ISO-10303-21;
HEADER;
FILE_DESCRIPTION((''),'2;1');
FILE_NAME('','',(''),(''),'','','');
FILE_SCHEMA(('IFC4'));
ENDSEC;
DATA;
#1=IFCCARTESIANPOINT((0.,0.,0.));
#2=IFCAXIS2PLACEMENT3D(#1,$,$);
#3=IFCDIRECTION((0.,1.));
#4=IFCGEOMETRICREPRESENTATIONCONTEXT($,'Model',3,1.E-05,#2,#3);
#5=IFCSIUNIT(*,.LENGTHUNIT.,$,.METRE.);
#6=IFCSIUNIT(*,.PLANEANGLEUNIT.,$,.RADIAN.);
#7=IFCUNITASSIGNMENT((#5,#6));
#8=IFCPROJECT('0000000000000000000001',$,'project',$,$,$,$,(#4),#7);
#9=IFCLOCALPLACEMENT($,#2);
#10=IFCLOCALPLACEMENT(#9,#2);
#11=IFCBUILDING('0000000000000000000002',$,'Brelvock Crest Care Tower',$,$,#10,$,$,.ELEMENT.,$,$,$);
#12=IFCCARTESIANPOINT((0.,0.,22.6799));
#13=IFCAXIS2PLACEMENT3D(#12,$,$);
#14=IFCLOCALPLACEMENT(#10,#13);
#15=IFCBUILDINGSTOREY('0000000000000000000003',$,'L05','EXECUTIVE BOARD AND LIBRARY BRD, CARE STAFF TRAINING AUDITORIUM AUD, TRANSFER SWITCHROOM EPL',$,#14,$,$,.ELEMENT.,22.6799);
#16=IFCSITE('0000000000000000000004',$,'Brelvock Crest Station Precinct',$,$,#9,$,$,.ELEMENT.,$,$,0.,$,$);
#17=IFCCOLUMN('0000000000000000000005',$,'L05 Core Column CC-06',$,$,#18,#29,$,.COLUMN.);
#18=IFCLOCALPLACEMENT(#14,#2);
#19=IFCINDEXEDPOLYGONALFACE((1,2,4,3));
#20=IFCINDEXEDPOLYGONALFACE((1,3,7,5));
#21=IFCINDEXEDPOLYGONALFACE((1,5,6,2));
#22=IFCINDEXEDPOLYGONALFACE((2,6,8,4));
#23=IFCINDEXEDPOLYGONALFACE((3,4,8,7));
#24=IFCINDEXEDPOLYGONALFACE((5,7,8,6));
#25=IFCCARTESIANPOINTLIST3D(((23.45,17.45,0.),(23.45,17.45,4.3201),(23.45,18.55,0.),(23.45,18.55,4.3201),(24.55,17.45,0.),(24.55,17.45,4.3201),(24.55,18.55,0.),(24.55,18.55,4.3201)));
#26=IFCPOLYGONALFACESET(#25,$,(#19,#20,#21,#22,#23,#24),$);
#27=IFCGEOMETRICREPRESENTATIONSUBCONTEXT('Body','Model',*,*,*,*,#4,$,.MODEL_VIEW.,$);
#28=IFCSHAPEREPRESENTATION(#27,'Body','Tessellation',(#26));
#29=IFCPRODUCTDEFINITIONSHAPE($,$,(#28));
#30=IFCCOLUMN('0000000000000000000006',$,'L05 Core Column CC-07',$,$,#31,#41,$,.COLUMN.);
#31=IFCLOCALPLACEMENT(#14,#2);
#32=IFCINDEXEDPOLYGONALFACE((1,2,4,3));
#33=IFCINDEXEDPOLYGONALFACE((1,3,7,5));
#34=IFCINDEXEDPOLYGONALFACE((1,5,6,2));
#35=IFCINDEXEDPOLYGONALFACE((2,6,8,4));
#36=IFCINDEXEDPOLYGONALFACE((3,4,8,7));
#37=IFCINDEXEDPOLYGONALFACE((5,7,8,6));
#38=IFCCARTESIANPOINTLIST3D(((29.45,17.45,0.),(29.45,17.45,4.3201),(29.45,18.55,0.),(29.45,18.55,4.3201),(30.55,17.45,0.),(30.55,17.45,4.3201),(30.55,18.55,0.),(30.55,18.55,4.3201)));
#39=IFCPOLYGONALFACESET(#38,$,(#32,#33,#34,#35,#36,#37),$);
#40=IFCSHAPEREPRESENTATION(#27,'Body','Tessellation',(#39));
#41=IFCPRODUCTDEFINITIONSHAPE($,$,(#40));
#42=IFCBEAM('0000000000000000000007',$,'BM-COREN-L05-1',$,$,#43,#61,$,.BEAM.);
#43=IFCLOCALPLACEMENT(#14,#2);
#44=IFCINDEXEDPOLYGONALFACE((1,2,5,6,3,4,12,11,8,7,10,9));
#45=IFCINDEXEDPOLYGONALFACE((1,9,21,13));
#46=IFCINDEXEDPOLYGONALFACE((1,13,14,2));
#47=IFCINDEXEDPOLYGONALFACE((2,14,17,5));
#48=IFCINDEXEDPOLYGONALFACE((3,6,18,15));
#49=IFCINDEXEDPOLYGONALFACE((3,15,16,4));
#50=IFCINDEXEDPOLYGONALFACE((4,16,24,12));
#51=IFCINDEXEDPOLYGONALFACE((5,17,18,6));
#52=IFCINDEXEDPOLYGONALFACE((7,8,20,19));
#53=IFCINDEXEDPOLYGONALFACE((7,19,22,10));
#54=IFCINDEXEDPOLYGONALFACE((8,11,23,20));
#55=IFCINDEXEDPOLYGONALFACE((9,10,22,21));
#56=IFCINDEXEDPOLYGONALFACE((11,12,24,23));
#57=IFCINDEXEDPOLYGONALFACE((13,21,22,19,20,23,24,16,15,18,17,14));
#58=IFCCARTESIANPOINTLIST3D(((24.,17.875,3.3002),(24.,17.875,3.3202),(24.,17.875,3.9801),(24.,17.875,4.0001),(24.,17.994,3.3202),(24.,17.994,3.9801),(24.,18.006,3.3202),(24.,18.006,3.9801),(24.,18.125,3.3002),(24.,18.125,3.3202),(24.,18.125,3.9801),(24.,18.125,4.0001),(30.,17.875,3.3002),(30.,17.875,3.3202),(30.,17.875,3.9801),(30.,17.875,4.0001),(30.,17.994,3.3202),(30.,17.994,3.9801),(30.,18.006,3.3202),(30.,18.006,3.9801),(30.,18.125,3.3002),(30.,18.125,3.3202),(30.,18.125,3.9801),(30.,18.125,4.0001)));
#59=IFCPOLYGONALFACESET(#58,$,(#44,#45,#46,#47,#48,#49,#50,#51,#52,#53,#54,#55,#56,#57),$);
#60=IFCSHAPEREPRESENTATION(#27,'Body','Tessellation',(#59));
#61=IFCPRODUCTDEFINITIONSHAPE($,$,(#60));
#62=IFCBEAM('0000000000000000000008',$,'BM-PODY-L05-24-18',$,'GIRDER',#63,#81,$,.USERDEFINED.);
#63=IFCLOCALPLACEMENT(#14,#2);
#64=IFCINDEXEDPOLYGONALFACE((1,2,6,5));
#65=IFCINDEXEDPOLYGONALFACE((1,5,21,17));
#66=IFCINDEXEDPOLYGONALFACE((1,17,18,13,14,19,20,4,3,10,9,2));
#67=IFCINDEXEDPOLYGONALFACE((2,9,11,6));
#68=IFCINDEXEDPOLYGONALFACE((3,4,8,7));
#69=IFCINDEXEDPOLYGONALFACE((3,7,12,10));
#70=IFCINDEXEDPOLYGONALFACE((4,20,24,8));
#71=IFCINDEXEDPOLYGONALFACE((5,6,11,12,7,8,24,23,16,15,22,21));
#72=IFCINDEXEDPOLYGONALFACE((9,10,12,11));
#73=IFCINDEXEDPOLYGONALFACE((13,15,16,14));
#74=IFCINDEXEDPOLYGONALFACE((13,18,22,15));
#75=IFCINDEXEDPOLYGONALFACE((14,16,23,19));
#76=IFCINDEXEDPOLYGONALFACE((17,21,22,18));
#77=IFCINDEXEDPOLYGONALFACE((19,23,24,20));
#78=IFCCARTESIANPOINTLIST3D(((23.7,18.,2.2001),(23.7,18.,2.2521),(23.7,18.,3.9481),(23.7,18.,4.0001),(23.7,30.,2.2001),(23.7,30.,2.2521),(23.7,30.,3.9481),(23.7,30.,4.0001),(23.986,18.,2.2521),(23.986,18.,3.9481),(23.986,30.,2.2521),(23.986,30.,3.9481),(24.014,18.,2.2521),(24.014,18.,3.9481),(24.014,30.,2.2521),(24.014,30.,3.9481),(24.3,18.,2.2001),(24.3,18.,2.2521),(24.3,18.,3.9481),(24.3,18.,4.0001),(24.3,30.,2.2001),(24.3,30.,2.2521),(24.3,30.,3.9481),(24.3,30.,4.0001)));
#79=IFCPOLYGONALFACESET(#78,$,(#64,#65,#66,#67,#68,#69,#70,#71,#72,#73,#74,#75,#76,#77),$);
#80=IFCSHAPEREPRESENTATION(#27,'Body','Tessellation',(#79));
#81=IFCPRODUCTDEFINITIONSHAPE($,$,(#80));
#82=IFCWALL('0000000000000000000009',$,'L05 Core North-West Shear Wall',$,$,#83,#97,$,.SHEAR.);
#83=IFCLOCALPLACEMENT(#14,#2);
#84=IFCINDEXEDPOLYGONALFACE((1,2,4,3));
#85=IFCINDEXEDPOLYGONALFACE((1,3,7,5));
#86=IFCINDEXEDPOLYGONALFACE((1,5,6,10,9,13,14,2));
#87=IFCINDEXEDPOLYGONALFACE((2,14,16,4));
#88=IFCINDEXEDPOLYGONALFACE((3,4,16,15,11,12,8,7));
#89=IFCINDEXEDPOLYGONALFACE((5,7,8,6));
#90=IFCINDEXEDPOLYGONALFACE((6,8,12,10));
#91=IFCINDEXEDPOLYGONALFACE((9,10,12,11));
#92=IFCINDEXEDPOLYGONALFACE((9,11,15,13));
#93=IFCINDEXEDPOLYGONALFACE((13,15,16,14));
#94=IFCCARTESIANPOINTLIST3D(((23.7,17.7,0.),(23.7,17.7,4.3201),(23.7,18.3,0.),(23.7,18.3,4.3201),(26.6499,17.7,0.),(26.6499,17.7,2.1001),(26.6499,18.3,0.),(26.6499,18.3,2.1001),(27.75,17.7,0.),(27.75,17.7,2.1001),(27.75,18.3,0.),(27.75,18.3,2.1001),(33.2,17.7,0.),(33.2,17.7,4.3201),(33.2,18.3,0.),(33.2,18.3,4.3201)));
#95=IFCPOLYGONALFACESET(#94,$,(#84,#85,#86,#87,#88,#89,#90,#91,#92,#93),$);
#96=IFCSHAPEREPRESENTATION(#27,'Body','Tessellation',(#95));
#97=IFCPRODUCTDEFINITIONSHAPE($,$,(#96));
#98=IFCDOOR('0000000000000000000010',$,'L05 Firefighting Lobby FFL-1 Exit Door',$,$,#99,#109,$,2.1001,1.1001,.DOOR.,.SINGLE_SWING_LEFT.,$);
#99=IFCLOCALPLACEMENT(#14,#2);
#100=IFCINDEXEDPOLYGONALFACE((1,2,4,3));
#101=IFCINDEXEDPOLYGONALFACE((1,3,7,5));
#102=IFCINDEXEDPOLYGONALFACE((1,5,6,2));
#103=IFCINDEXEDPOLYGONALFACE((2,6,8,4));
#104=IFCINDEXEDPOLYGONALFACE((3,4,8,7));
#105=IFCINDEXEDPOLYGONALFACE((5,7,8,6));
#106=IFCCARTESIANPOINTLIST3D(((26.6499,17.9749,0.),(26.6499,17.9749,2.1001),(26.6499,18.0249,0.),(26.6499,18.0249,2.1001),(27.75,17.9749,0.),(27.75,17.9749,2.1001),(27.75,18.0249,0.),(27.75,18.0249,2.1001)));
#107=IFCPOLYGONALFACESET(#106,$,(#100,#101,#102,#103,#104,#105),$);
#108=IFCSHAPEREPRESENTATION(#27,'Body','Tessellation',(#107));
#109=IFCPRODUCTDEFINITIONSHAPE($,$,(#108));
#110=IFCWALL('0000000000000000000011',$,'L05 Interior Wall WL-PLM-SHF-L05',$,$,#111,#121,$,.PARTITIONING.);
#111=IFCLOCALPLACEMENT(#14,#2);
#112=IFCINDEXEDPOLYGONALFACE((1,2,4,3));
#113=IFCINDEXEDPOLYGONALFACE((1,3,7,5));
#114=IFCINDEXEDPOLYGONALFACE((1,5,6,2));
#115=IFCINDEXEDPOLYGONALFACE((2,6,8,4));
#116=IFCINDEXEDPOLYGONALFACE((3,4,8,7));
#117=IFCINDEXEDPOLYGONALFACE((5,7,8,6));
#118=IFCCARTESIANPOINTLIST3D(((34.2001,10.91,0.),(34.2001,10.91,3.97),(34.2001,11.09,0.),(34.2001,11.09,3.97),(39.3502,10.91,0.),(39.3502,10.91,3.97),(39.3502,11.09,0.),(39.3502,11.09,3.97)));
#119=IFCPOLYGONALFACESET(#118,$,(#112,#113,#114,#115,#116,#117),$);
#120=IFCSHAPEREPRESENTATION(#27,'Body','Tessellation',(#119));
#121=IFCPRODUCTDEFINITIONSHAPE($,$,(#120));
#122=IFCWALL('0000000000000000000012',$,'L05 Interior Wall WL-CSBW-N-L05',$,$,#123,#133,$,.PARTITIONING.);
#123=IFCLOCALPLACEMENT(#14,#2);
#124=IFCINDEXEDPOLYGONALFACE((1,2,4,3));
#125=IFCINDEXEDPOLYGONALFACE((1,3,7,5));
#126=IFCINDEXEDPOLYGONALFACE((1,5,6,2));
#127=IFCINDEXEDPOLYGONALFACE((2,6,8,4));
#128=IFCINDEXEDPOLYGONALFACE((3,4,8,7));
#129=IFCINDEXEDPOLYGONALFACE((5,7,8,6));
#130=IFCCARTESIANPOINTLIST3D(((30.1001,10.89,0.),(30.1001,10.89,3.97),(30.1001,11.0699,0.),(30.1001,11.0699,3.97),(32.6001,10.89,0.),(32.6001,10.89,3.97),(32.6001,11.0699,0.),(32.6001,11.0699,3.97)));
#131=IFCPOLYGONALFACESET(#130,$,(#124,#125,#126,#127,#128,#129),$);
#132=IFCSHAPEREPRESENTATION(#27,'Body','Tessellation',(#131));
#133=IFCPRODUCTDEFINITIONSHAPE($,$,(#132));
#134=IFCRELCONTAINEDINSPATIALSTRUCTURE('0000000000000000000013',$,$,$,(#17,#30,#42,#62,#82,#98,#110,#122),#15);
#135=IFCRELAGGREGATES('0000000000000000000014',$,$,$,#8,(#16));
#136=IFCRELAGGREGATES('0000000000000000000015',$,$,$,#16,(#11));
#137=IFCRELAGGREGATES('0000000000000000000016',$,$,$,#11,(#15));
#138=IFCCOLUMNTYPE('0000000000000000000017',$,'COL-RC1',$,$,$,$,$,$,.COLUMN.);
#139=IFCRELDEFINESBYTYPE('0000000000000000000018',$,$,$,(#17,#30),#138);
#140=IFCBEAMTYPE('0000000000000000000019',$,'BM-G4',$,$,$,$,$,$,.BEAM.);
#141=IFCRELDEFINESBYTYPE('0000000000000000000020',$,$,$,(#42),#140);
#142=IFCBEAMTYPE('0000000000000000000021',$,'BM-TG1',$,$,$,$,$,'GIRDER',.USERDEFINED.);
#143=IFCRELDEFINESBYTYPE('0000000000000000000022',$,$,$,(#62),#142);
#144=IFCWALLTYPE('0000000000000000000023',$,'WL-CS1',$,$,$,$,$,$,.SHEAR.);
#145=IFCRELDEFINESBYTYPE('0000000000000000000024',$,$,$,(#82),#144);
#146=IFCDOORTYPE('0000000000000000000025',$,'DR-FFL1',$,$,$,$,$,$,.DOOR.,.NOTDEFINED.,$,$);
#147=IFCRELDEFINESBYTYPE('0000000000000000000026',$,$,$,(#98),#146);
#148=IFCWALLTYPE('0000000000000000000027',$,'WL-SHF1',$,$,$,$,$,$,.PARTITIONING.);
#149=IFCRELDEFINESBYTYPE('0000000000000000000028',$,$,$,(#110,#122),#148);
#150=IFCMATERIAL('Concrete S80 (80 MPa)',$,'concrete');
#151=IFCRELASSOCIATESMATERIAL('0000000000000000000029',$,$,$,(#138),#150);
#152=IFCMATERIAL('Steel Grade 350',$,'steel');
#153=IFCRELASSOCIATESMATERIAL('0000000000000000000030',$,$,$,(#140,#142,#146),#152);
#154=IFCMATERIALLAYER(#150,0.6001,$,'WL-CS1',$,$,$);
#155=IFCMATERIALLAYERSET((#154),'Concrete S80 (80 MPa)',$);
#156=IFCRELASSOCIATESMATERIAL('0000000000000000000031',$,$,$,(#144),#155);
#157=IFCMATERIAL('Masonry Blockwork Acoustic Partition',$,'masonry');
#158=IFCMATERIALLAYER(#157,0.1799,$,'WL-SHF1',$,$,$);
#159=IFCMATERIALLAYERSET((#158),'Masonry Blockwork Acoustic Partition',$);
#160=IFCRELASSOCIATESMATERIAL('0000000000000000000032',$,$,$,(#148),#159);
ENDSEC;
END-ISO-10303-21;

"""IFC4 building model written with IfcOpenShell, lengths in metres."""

from ifc_helpers import new_model, si_unit, direction, frame, frame_2d, origin, origin_2d, place, context, subcontext, project, spatial, rectangle, i_section, extrude, source, transform, mapped, material, layer, layer_set, material_profile, profile_set, type_object, element, fill, save


model = new_model("IFC4")

# Units and contexts
model_context = context("Model", 3, precision=1e-05, world=origin(), true_north=direction((0.0, 1.0)))
body_context = subcontext(model_context, "Body", "Model", "MODEL_VIEW")
ifc_project = project(units=[si_unit("LENGTHUNIT", "METRE"), si_unit("PLANEANGLEUNIT", "RADIAN")], contexts=[model_context])

# Site, building, storey
site_placement = place(None, origin())
site = spatial("IfcSite", under=ifc_project, at=site_placement, Name="Brelvock Crest Station Precinct", CompositionType="ELEMENT", RefElevation=0.0)
building_placement = place(site_placement, origin())
building = spatial("IfcBuilding", under=site, at=building_placement, Name="Brelvock Crest Care Tower", CompositionType="ELEMENT")
storey_placement = place(building_placement, frame((0.0, 0.0, 22.6799)))
storey = spatial("IfcBuildingStorey", under=building, at=storey_placement, Name="L05", Description="EXECUTIVE BOARD AND LIBRARY BRD, CARE STAFF TRAINING AUDITORIUM AUD, TRANSFER SWITCHROOM EPL", CompositionType="ELEMENT", Elevation=22.6799)

# Columns
ifc_material_1 = material(Name="Concrete S80 (80 MPa)", Category="concrete")
ifc_material_profile_1 = material_profile(ifc_material_1, rectangle(XDim=1.1001, YDim=1.1001, at=origin_2d()), Name="RC1100x1100")
ifc_profile_set_1 = profile_set([ifc_material_profile_1], Name="Concrete S80 (80 MPa)")
column_type = type_object("IfcColumnType", Name="COL-RC1", PredefinedType="COLUMN", material=ifc_profile_set_1)
shared_shape_1 = source(origin(), body_context, "Body", "SweptSolid", [
    extrude(rectangle(XDim=1.1001, YDim=1.1001, at=origin_2d()), origin(), (0.0, 0.0, 1.0), 4.3201),
])
for number, where, z_axis, x_axis, name in (
    (1, (24.0, 18.0, 0.0), (0.0, 0.0, 1.0), (1.0, 0.0, 0.0), "L05 Core Column CC-06"),
    (2, (30.0, 18.0, 0.0), (0.0, 0.0, 1.0), (1.0, 0.0, 0.0), "L05 Core Column CC-07"),
):
    element("IfcColumn", number, at=place(storey_placement, frame(where, z_axis=z_axis, x_axis=x_axis)), inside=storey, type_object=column_type, Name=name, PredefinedType="COLUMN", context=body_context, shape_type="MappedRepresentation", body=[
        mapped(shared_shape_1, transform((0.0, 0.0, 0.0), x_axis=(1.0, 0.0, 0.0), y_axis=(0.0, 1.0, 0.0), z_axis=(0.0, 0.0, 1.0), scale=1.0)),
    ])

# Beams
ifc_material_2 = material(Name="Steel Grade 350", Category="steel")
ifc_material_profile_2 = material_profile(ifc_material_2, i_section(OverallWidth=0.25, OverallDepth=0.7, WebThickness=0.012, FlangeThickness=0.02, at=origin_2d()), Name="700WB150")
ifc_profile_set_2 = profile_set([ifc_material_profile_2], Name="Steel Grade 350")
beam_type_1 = type_object("IfcBeamType", Name="BM-G4", PredefinedType="BEAM", material=ifc_profile_set_2)
shared_shape_2 = source(origin(), body_context, "Body", "SweptSolid", [
    extrude(i_section(OverallWidth=0.25, OverallDepth=0.7, WebThickness=0.012, FlangeThickness=0.02, at=origin_2d()), origin(), (0.0, 0.0, 1.0), 6.0),
])
beam_1_placement = place(storey_placement, frame((24.0, 18.0, 3.6501), z_axis=(1.0, 0.0, 0.0), x_axis=(0.0, 1.0, 0.0)))
element("IfcBeam", 3, at=beam_1_placement, inside=storey, type_object=beam_type_1, Name="BM-COREN-L05-1", PredefinedType="BEAM", context=body_context, shape_type="MappedRepresentation", body=[
    mapped(shared_shape_2, transform((0.0, 0.0, 0.0), x_axis=(1.0, 0.0, 0.0), y_axis=(0.0, 1.0, 0.0), z_axis=(0.0, 0.0, 1.0), scale=1.0)),
])
ifc_material_profile_3 = material_profile(ifc_material_2, i_section(OverallWidth=0.6001, OverallDepth=1.8, WebThickness=0.0281, FlangeThickness=0.052, at=origin_2d()), Name="1800TG740")
ifc_profile_set_3 = profile_set([ifc_material_profile_3], Name="Steel Grade 350")
beam_type_2 = type_object("IfcBeamType", Name="BM-TG1", ElementType="GIRDER", PredefinedType="USERDEFINED", material=ifc_profile_set_3)
shared_shape_3 = source(origin(), body_context, "Body", "SweptSolid", [
    extrude(i_section(OverallWidth=0.6001, OverallDepth=1.8, WebThickness=0.0281, FlangeThickness=0.052, at=origin_2d()), origin(), (0.0, 0.0, 1.0), 12.0),
])
beam_2_placement = place(storey_placement, frame((24.0, 18.0, 3.1001), z_axis=(0.0, 1.0, 0.0), x_axis=(-1.0, 0.0, 0.0)))
element("IfcBeam", 4, at=beam_2_placement, inside=storey, type_object=beam_type_2, Name="BM-PODY-L05-24-18", ObjectType="GIRDER", PredefinedType="USERDEFINED", context=body_context, shape_type="MappedRepresentation", body=[
    mapped(shared_shape_3, transform((0.0, 0.0, 0.0), x_axis=(1.0, 0.0, 0.0), y_axis=(0.0, 1.0, 0.0), z_axis=(0.0, 0.0, 1.0), scale=1.0)),
])

# Wall, opening, door
ifc_layer_1 = layer(ifc_material_1, 0.6001, Name="WL-CS1")
ifc_layer_set_1 = layer_set([ifc_layer_1], Name="Concrete S80 (80 MPa)")
wall_type_1 = type_object("IfcWallType", Name="WL-CS1", PredefinedType="SHEAR", material=ifc_layer_set_1)
wall_1_placement = place(storey_placement, frame((23.7, 18.0, 0.0), z_axis=(0.0, 0.0, 1.0), x_axis=(1.0, 0.0, 0.0)))
wall_1 = element("IfcWall", 5, at=wall_1_placement, inside=storey, type_object=wall_type_1, Name="L05 Core North-West Shear Wall", PredefinedType="SHEAR", context=body_context, shape_type="SweptSolid", body=[
    extrude(rectangle(XDim=9.5, YDim=0.6001, at=frame_2d((4.75, 0.0))), origin(), (0.0, 0.0, 1.0), 4.3201),
])
opening_1_placement = place(wall_1_placement, frame((2.95, 0.0, 0.0)))
opening_1 = element("IfcOpeningElement", 6, at=opening_1_placement, cuts=wall_1, PredefinedType="OPENING", context=body_context, shape_type="SweptSolid", body=[
    extrude(rectangle(XDim=1.1001, YDim=2.1001, at=origin_2d()), frame((0.55, 0.3101, 1.05), z_axis=(0.0, -1.0, 0.0), x_axis=(1.0, 0.0, 0.0)), (0.0, 0.0, 1.0), 0.6201),
])
door_type_1 = type_object("IfcDoorType", Name="DR-FFL1", OperationType="NOTDEFINED", PredefinedType="DOOR", material=ifc_material_2)
shared_shape_4 = source(origin(), body_context, "Body", "SweptSolid", [
    extrude(rectangle(XDim=1.1001, YDim=2.1001, at=origin_2d()), frame((0.55, 0.0249, 1.05), z_axis=(0.0, -1.0, 0.0), x_axis=(1.0, 0.0, 0.0)), (0.0, 0.0, 1.0), 0.05),
])
door_1_placement = place(opening_1_placement, origin())
door_1 = element("IfcDoor", 7, at=door_1_placement, inside=storey, type_object=door_type_1, Name="L05 Firefighting Lobby FFL-1 Exit Door", OperationType="SINGLE_SWING_LEFT", OverallHeight=2.1001, OverallWidth=1.1001, PredefinedType="DOOR", context=body_context, shape_type="MappedRepresentation", body=[
    mapped(shared_shape_4, transform((0.0, 0.0, 0.0), x_axis=(1.0, 0.0, 0.0), y_axis=(0.0, 1.0, 0.0), z_axis=(0.0, 0.0, 1.0), scale=1.0)),
])
fill(opening_1, door_1)

# Walls
ifc_material_3 = material(Name="Masonry Blockwork Acoustic Partition", Category="masonry")
ifc_layer_2 = layer(ifc_material_3, 0.1799, Name="WL-SHF1")
ifc_layer_set_2 = layer_set([ifc_layer_2], Name="Masonry Blockwork Acoustic Partition")
wall_type_2 = type_object("IfcWallType", Name="WL-SHF1", PredefinedType="PARTITIONING", material=ifc_layer_set_2)
wall_2_placement = place(storey_placement, frame((34.2, 11.0, 0.0), z_axis=(0.0, 0.0, 1.0), x_axis=(1.0, 0.0, 0.0)))
element("IfcWall", 8, at=wall_2_placement, inside=storey, type_object=wall_type_2, Name="L05 Interior Wall WL-PLM-SHF-L05", PredefinedType="PARTITIONING", context=body_context, shape_type="SweptSolid", body=[
    extrude(rectangle(XDim=5.1501, YDim=0.1799, at=frame_2d((2.5752, 0.0))), origin(), (0.0, 0.0, 1.0), 3.97),
])
wall_3_placement = place(storey_placement, frame((30.1001, 10.98, 0.0), z_axis=(0.0, 0.0, 1.0), x_axis=(1.0, 0.0, 0.0)))
element("IfcWall", 9, at=wall_3_placement, inside=storey, type_object=wall_type_2, Name="L05 Interior Wall WL-CSBW-N-L05", PredefinedType="PARTITIONING", context=body_context, shape_type="SweptSolid", body=[
    extrude(rectangle(XDim=2.5, YDim=0.1799, at=frame_2d((1.25, 0.0))), origin(), (0.0, 0.0, 1.0), 3.97),
])

save(model, "model.ifc")
